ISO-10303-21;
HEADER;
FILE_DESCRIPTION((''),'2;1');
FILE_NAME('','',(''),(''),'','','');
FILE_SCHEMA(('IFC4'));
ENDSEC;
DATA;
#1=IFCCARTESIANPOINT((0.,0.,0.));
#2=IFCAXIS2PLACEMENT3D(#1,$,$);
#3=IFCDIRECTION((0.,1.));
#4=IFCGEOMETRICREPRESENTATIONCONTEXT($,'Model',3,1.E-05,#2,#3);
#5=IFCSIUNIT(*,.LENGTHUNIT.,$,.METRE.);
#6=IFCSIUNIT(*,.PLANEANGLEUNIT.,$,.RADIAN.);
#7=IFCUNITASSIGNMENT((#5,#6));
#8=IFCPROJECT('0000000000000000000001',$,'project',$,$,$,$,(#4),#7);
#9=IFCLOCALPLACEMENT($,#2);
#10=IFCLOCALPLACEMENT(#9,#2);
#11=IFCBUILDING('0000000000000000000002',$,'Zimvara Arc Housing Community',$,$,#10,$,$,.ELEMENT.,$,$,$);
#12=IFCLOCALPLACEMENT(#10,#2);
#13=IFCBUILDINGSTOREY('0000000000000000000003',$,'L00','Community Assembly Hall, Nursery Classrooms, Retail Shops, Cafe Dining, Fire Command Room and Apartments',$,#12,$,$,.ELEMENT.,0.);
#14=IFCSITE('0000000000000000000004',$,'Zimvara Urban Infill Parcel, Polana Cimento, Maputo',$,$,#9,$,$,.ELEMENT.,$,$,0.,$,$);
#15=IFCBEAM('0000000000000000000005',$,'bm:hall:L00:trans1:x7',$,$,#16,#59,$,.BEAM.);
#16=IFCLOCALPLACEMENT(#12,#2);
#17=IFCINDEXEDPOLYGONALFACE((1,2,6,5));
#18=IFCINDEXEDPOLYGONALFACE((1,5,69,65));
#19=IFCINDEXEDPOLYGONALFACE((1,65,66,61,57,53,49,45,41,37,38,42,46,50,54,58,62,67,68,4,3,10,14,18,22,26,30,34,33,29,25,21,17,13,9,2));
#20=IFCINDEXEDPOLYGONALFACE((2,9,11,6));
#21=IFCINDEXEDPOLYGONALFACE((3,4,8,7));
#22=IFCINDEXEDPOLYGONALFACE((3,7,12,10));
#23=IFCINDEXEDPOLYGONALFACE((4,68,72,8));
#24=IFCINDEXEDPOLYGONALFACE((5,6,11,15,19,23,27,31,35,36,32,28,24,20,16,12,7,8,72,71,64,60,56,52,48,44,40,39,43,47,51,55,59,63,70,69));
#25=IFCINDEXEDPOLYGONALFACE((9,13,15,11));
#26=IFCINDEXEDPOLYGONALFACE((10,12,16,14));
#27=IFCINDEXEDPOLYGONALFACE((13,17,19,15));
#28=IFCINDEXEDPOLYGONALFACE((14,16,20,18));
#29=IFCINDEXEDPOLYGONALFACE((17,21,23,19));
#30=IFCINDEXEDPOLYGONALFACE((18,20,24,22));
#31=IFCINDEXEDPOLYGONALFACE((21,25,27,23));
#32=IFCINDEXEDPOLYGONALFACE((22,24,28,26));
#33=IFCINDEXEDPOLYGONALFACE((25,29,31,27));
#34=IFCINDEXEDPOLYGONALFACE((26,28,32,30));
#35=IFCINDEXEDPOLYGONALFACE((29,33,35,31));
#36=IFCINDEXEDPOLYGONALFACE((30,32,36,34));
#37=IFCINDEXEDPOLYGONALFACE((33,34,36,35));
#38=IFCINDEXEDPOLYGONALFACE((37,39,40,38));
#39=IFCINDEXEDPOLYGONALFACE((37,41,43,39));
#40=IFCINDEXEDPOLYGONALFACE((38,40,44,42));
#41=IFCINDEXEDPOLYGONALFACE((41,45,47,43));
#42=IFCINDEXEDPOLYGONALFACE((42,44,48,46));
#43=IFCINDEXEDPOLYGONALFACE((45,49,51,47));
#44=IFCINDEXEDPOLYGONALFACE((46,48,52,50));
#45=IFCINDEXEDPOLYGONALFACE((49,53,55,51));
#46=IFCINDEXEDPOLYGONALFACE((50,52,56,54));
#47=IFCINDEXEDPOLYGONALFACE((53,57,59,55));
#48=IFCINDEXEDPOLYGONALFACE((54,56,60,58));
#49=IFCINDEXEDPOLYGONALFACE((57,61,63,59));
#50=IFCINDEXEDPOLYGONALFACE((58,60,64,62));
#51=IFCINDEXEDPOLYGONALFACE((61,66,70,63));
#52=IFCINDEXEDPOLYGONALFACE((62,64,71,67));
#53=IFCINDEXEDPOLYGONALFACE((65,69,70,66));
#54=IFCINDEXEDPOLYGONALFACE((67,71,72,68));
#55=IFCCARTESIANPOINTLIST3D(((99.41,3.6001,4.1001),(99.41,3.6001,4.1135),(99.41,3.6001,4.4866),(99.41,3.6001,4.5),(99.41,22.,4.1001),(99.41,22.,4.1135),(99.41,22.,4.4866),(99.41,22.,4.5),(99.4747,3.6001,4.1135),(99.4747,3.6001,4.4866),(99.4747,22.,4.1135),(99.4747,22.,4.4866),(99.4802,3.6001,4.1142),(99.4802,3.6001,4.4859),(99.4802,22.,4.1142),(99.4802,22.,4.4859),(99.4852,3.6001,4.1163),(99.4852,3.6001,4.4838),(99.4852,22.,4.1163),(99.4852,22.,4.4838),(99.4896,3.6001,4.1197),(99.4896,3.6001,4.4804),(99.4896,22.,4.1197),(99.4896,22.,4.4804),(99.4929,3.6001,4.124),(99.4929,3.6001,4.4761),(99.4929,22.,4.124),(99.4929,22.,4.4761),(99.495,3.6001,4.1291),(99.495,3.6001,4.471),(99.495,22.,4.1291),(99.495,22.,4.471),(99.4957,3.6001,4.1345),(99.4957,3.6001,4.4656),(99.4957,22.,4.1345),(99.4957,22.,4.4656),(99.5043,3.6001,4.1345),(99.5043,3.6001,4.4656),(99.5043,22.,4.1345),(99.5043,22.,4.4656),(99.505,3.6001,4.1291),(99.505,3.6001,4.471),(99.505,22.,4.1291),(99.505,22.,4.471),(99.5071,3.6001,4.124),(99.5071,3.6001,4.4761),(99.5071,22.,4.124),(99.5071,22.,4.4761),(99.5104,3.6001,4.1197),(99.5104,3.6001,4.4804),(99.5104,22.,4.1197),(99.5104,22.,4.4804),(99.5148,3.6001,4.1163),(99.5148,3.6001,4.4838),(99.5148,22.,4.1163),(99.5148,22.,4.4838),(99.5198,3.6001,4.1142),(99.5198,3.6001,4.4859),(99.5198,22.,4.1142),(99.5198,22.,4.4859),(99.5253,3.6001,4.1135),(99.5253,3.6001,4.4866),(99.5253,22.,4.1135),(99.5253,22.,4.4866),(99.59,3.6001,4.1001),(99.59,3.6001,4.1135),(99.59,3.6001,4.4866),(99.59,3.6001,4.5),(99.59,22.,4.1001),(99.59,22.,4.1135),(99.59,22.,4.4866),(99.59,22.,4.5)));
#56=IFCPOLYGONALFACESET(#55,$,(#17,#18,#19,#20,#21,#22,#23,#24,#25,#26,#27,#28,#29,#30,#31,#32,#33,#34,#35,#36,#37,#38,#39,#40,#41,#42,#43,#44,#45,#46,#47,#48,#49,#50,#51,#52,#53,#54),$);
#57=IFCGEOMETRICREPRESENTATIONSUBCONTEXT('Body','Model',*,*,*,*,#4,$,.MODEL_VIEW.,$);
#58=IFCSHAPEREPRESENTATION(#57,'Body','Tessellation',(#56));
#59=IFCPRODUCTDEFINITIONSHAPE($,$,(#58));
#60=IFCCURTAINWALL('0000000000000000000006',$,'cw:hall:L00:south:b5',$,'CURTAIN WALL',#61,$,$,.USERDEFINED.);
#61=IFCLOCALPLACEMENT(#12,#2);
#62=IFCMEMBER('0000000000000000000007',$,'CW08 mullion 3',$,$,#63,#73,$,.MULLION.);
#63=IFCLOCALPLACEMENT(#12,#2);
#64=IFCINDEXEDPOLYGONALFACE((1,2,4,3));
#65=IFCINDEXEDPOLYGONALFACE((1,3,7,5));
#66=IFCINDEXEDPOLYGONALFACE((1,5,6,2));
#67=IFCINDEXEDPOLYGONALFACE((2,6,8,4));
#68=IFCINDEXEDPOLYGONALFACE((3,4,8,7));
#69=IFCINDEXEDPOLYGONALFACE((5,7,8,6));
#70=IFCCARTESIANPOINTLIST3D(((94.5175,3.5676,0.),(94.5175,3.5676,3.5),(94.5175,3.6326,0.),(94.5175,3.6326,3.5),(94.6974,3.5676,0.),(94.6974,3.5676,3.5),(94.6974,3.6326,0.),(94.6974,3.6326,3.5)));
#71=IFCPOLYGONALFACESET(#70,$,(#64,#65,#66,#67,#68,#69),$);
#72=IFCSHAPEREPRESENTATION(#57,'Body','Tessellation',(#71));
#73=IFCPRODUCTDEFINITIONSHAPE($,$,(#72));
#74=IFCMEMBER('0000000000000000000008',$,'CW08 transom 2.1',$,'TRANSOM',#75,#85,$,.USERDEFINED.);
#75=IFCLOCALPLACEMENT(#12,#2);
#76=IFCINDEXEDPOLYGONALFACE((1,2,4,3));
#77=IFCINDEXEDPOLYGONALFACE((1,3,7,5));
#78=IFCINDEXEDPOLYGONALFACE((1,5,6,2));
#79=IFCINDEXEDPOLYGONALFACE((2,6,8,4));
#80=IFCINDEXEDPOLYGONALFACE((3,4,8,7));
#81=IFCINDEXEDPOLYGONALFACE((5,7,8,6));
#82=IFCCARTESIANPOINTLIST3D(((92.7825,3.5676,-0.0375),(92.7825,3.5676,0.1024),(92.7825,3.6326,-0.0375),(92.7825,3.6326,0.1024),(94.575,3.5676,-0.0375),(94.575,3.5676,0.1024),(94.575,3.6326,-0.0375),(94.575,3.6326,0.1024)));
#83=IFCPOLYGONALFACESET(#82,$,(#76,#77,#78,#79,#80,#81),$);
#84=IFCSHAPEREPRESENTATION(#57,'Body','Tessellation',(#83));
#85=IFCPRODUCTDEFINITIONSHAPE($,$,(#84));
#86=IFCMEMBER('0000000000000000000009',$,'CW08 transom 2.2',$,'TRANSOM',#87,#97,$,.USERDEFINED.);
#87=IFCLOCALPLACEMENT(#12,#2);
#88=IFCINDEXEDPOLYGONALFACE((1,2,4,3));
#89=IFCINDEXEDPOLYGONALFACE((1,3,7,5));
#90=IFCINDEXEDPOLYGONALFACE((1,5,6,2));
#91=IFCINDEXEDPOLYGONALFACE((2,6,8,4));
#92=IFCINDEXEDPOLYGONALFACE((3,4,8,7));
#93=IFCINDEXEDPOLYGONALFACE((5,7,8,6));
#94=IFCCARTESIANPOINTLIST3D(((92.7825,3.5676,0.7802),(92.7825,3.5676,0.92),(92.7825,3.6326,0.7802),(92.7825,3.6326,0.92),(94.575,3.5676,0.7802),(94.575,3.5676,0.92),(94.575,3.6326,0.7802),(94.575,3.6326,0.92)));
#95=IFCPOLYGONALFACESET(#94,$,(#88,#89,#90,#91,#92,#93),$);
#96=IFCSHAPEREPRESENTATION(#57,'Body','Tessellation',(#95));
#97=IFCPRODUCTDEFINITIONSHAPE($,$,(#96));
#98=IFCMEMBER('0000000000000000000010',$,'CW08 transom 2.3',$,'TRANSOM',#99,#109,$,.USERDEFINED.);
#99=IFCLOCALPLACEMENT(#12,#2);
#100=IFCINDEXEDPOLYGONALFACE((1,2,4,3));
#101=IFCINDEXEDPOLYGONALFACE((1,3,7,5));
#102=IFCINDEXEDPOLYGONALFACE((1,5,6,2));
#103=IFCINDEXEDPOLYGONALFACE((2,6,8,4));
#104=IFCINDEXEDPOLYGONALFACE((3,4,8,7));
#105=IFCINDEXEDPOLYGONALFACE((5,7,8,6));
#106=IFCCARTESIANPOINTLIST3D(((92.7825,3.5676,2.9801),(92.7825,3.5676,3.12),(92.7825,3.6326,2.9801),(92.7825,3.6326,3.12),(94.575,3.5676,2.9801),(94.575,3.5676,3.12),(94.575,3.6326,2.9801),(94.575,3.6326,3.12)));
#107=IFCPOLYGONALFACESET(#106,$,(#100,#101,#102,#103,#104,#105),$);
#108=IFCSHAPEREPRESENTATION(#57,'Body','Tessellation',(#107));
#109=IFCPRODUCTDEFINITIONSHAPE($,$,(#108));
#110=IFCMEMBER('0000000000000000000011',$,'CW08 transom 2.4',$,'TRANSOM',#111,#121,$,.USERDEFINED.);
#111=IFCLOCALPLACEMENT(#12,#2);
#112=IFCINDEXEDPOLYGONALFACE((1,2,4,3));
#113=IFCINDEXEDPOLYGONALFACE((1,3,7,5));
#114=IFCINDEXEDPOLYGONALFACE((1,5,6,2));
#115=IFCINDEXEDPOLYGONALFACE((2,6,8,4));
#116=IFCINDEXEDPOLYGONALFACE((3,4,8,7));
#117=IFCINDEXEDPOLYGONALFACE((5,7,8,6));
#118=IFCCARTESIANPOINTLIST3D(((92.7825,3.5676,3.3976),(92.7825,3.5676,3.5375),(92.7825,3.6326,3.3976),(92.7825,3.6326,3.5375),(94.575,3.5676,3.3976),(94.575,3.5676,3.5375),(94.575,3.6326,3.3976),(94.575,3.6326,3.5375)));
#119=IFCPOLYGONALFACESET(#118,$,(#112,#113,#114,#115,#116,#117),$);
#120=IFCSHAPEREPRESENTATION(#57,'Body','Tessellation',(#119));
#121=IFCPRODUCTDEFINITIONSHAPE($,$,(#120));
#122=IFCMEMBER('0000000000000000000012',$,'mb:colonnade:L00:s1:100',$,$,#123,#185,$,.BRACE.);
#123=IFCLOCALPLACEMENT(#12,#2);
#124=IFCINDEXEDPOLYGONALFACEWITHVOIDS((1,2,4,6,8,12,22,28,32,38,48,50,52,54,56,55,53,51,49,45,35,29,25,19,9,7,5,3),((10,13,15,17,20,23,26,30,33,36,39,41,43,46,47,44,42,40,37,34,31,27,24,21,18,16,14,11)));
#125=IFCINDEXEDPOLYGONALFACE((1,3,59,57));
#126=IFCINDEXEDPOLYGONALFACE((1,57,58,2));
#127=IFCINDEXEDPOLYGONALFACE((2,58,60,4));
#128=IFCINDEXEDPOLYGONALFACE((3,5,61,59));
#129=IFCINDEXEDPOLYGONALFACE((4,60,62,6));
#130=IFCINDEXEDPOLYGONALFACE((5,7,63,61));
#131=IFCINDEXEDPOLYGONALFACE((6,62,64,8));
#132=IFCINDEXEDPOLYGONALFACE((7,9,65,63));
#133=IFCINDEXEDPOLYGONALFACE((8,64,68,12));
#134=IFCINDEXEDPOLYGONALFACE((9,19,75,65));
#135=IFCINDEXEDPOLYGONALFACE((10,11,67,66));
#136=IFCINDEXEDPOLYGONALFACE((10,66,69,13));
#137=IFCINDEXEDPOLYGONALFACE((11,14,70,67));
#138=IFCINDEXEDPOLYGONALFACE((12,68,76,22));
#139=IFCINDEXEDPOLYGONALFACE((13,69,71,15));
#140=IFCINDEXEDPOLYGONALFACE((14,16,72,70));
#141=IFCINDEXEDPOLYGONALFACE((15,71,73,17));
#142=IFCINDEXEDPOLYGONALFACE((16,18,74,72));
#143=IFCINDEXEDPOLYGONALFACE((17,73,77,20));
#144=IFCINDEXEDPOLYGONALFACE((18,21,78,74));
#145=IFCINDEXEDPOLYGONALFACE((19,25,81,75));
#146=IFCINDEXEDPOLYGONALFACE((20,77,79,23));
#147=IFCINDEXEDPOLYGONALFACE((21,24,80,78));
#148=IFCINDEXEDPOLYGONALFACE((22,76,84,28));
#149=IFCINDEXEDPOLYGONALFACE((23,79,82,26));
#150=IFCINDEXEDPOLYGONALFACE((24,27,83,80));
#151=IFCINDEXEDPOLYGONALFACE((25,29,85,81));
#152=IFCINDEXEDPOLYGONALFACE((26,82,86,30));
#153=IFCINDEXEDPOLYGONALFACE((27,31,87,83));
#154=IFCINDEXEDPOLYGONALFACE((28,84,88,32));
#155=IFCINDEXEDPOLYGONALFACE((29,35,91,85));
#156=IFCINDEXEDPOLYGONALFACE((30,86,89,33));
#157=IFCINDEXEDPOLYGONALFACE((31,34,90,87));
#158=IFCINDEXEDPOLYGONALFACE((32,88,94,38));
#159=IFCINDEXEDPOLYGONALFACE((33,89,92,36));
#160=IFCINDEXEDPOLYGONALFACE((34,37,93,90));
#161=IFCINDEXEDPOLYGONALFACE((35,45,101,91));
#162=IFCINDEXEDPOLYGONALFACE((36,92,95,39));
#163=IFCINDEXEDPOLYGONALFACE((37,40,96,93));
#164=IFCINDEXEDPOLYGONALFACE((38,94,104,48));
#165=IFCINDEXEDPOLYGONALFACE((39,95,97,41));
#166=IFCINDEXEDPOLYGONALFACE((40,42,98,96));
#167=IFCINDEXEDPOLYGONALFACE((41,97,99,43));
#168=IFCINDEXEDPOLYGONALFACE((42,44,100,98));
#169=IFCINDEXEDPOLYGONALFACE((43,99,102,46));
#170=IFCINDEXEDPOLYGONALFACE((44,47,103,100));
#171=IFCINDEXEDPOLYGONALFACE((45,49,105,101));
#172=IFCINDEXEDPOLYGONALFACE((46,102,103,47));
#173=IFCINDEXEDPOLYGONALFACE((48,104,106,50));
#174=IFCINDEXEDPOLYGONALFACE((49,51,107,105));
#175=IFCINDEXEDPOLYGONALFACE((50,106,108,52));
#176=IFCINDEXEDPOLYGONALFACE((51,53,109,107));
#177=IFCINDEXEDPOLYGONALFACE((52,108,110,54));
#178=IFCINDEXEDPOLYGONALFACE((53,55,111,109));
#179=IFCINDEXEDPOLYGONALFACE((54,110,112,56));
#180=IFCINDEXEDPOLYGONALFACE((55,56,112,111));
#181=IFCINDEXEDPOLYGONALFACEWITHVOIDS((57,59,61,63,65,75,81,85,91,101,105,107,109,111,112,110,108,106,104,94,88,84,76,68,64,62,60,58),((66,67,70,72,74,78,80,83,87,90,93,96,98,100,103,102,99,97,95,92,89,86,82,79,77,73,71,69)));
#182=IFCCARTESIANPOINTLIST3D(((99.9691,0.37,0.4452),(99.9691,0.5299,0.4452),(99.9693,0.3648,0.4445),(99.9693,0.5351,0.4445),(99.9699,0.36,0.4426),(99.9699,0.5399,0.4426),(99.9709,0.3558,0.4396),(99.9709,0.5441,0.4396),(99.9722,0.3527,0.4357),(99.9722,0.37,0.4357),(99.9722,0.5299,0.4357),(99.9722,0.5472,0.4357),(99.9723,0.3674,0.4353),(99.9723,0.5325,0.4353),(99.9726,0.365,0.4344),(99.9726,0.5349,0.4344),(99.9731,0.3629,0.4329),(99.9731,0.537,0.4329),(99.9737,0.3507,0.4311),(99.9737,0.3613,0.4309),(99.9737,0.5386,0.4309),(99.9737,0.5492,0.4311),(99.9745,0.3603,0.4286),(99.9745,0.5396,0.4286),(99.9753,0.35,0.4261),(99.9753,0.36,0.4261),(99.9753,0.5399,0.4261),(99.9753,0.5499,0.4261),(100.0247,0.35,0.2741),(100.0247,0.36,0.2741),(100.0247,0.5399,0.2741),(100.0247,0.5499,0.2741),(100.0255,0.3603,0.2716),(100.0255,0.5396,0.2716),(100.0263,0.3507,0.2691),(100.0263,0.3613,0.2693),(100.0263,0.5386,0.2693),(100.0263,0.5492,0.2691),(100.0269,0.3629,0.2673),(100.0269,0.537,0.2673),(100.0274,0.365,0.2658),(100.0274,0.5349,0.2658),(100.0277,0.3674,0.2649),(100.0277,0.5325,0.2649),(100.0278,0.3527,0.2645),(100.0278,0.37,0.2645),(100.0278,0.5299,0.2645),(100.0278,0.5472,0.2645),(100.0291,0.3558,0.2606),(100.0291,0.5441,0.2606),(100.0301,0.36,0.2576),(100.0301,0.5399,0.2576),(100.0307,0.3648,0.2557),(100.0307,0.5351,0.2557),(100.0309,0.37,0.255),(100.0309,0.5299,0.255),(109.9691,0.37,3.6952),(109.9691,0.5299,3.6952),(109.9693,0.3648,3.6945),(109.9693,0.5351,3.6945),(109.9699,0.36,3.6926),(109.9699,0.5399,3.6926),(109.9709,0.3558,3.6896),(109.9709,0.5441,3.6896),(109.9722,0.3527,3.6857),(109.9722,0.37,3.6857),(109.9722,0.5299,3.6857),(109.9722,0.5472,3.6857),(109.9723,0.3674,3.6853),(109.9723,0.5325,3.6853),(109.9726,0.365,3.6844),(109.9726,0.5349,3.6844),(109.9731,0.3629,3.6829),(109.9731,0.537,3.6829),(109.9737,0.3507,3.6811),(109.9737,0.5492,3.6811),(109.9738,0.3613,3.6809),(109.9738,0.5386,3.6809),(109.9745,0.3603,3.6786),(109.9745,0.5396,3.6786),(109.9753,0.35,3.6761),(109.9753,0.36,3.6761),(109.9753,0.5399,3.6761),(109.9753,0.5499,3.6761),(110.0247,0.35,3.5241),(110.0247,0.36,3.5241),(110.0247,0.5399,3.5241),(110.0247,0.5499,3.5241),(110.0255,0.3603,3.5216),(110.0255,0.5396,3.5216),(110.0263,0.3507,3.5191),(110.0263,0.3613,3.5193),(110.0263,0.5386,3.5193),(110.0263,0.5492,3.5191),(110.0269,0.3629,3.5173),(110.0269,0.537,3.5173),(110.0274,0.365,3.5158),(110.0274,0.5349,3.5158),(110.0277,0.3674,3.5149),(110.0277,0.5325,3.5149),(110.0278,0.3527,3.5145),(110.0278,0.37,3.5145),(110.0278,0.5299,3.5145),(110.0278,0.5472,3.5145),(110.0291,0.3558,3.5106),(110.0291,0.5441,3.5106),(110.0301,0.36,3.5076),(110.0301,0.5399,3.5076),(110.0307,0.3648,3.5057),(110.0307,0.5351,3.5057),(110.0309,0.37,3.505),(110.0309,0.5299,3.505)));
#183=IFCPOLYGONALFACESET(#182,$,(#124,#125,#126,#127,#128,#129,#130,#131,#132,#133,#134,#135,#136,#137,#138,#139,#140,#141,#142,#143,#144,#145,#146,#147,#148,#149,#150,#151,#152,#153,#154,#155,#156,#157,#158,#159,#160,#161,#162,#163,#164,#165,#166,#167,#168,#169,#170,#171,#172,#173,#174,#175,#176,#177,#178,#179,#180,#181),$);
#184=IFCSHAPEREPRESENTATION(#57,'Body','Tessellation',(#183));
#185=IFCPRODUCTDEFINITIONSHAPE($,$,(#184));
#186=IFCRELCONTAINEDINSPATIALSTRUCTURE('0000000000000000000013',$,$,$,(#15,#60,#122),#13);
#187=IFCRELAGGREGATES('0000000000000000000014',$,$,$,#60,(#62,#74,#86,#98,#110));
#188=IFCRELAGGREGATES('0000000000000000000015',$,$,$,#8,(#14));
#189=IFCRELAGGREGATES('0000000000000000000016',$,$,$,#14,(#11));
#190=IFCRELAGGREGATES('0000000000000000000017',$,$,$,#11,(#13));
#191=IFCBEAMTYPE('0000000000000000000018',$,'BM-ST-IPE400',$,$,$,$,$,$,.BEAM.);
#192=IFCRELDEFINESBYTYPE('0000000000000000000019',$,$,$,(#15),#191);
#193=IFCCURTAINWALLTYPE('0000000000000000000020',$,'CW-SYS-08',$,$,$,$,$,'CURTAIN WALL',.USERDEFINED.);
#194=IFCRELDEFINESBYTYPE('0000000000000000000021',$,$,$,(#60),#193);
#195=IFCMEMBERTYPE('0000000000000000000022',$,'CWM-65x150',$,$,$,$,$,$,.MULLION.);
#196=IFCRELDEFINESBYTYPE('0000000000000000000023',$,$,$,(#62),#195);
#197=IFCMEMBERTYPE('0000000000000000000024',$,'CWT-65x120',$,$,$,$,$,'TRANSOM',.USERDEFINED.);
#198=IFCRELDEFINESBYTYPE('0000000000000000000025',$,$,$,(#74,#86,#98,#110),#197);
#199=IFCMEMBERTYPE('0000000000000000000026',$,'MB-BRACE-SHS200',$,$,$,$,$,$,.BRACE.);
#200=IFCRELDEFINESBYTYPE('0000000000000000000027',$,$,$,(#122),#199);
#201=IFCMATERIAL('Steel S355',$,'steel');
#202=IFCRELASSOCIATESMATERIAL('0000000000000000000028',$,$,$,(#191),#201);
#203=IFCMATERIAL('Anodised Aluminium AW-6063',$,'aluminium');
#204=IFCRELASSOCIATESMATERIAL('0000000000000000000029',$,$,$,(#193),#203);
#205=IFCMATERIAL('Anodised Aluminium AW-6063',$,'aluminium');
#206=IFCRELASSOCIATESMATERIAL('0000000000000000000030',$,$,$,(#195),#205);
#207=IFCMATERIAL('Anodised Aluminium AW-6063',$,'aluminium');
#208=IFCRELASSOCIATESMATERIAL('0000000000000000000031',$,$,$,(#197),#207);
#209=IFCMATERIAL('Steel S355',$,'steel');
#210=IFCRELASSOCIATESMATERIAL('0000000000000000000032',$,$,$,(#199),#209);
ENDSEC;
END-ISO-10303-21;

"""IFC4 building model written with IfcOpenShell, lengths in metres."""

from ifc_helpers import new_model, si_unit, direction, frame, origin, origin_2d, place, context, subcontext, project, spatial, rectangle, hollow_rectangle, i_section, extrude, material, material_profile, profile_set, type_object, element, aggregate, save


model = new_model("IFC4")

# Units and contexts
model_context = context("Model", 3, precision=1e-05, world=origin(), true_north=direction((0.0, 1.0)))
body_context = subcontext(model_context, "Body", "Model", "MODEL_VIEW")
ifc_project = project(units=[si_unit("LENGTHUNIT", "METRE"), si_unit("PLANEANGLEUNIT", "RADIAN")], contexts=[model_context])

# Site, building, storey
site_placement = place(None, origin())
site = spatial("IfcSite", under=ifc_project, at=site_placement, Name="Zimvara Urban Infill Parcel, Polana Cimento, Maputo", CompositionType="ELEMENT", RefElevation=0.0)
building_placement = place(site_placement, origin())
building = spatial("IfcBuilding", under=site, at=building_placement, Name="Zimvara Arc Housing Community", CompositionType="ELEMENT")
storey_placement = place(building_placement, origin())
storey = spatial("IfcBuildingStorey", under=building, at=storey_placement, Name="L00", Description="Community Assembly Hall, Nursery Classrooms, Retail Shops, Cafe Dining, Fire Command Room and Apartments", CompositionType="ELEMENT", Elevation=0.0)

# Beam
ifc_material_1 = material(Name="Steel S355", Category="steel")
ifc_material_profile_1 = material_profile(ifc_material_1, i_section(OverallWidth=0.1799, OverallDepth=0.3999, WebThickness=0.0085, FlangeThickness=0.0134, FilletRadius=0.021, at=origin_2d()), Name="IPE 400")
ifc_profile_set_1 = profile_set([ifc_material_profile_1], Name="Steel S355")
beam_type_1 = type_object("IfcBeamType", Name="BM-ST-IPE400", PredefinedType="BEAM", material=ifc_profile_set_1)
for number, where, z_axis, x_axis, name in (
    (1, (99.5, 3.6001, 4.3), (0.0, 1.0, 0.0), (-1.0, 0.0, 0.0), "bm:hall:L00:trans1:x7"),
):
    element("IfcBeam", number, at=place(storey_placement, frame(where, z_axis=z_axis, x_axis=x_axis)), inside=storey, type_object=beam_type_1, Name=name, PredefinedType="BEAM", context=body_context, shape_type="SweptSolid", body=[
        extrude(i_section(OverallWidth=0.1799, OverallDepth=0.3999, WebThickness=0.0085, FlangeThickness=0.0134, FilletRadius=0.021, at=origin_2d()), origin(), (0.0, 0.0, 1.0), 18.3999),
    ])

# Curtain wall, members
ifc_material_2 = material(Name="Anodised Aluminium AW-6063", Category="aluminium")
curtain_wall_type = type_object("IfcCurtainWallType", Name="CW-SYS-08", ElementType="CURTAIN WALL", PredefinedType="USERDEFINED", material=ifc_material_2)
curtain_wall_placement = place(storey_placement, origin())
curtain_wall = element("IfcCurtainWall", 2, at=curtain_wall_placement, inside=storey, type_object=curtain_wall_type, Name="cw:hall:L00:south:b5", ObjectType="CURTAIN WALL", PredefinedType="USERDEFINED")
ifc_material_3 = material(Name="Anodised Aluminium AW-6063", Category="aluminium")
ifc_material_profile_2 = material_profile(ifc_material_3, rectangle(XDim=0.0649, YDim=0.1799, at=origin_2d()), Name="ALU 65x180")
ifc_profile_set_2 = profile_set([ifc_material_profile_2], Name="Anodised Aluminium AW-6063")
member_type_1 = type_object("IfcMemberType", Name="CWM-65x150", PredefinedType="MULLION", material=ifc_profile_set_2)
member_1_placement = place(storey_placement, frame((94.6074, 3.6001, 0.0), z_axis=(0.0, 0.0, 1.0), x_axis=(0.0, 1.0, 0.0)))
member_1 = element("IfcMember", 3, at=member_1_placement, type_object=member_type_1, Name="CW08 mullion 3", PredefinedType="MULLION", context=body_context, shape_type="SweptSolid", body=[
    extrude(rectangle(XDim=0.0649, YDim=0.1799, at=origin_2d()), origin(), (0.0, 0.0, 1.0), 3.5),
])
ifc_material_4 = material(Name="Anodised Aluminium AW-6063", Category="aluminium")
ifc_material_profile_3 = material_profile(ifc_material_4, rectangle(XDim=0.0649, YDim=0.1399, at=origin_2d()), Name="ALU 65x140")
ifc_profile_set_3 = profile_set([ifc_material_profile_3], Name="Anodised Aluminium AW-6063")
member_type_2 = type_object("IfcMemberType", Name="CWT-65x120", ElementType="TRANSOM", PredefinedType="USERDEFINED", material=ifc_profile_set_3)
member_2_placement = place(storey_placement, frame((92.7825, 3.6001, 0.0325), z_axis=(1.0, 0.0, 0.0), x_axis=(0.0, 1.0, 0.0)))
member_2 = element("IfcMember", 4, at=member_2_placement, type_object=member_type_2, Name="CW08 transom 2.1", ObjectType="TRANSOM", PredefinedType="USERDEFINED", context=body_context, shape_type="SweptSolid", body=[
    extrude(rectangle(XDim=0.0649, YDim=0.1399, at=origin_2d()), origin(), (0.0, 0.0, 1.0), 1.7925),
])
member_3_placement = place(storey_placement, frame((92.7825, 3.6001, 0.8501), z_axis=(1.0, 0.0, 0.0), x_axis=(0.0, 1.0, 0.0)))
member_3 = element("IfcMember", 5, at=member_3_placement, type_object=member_type_2, Name="CW08 transom 2.2", ObjectType="TRANSOM", PredefinedType="USERDEFINED", context=body_context, shape_type="SweptSolid", body=[
    extrude(rectangle(XDim=0.0649, YDim=0.1399, at=origin_2d()), origin(), (0.0, 0.0, 1.0), 1.7925),
])
member_4_placement = place(storey_placement, frame((92.7825, 3.6001, 3.05), z_axis=(1.0, 0.0, 0.0), x_axis=(0.0, 1.0, 0.0)))
member_4 = element("IfcMember", 6, at=member_4_placement, type_object=member_type_2, Name="CW08 transom 2.3", ObjectType="TRANSOM", PredefinedType="USERDEFINED", context=body_context, shape_type="SweptSolid", body=[
    extrude(rectangle(XDim=0.0649, YDim=0.1399, at=origin_2d()), origin(), (0.0, 0.0, 1.0), 1.7925),
])
member_5_placement = place(storey_placement, frame((92.7825, 3.6001, 3.4675), z_axis=(1.0, 0.0, 0.0), x_axis=(0.0, 1.0, 0.0)))
member_5 = element("IfcMember", 7, at=member_5_placement, type_object=member_type_2, Name="CW08 transom 2.4", ObjectType="TRANSOM", PredefinedType="USERDEFINED", context=body_context, shape_type="SweptSolid", body=[
    extrude(rectangle(XDim=0.0649, YDim=0.1399, at=origin_2d()), origin(), (0.0, 0.0, 1.0), 1.7925),
])

# Member
ifc_material_5 = material(Name="Steel S355", Category="steel")
ifc_material_profile_4 = material_profile(ifc_material_5, hollow_rectangle(XDim=0.2, YDim=0.2, WallThickness=0.01, InnerFilletRadius=0.01, OuterFilletRadius=0.02, at=origin_2d()), Name="SHS 200x200x10.0")
ifc_profile_set_4 = profile_set([ifc_material_profile_4], Name="Steel S355")
member_type_3 = type_object("IfcMemberType", Name="MB-BRACE-SHS200", PredefinedType="BRACE", material=ifc_profile_set_4)
member_6_placement = place(storey_placement, frame((100.0, 0.45, 0.3501), z_axis=(0.951034, 0.0, 0.309086), x_axis=(0.0, 1.0, 0.0)))
element("IfcMember", 8, at=member_6_placement, inside=storey, type_object=member_type_3, Name="mb:colonnade:L00:s1:100", PredefinedType="BRACE", context=body_context, shape_type="SweptSolid", body=[
    extrude(hollow_rectangle(XDim=0.2, YDim=0.2, WallThickness=0.01, InnerFilletRadius=0.01, OuterFilletRadius=0.02, at=origin_2d()), origin(), (0.0, 0.0, 1.0), 10.5149),
])

aggregate(curtain_wall, [member_1, member_2, member_3, member_4, member_5])

save(model, "model.ifc")
